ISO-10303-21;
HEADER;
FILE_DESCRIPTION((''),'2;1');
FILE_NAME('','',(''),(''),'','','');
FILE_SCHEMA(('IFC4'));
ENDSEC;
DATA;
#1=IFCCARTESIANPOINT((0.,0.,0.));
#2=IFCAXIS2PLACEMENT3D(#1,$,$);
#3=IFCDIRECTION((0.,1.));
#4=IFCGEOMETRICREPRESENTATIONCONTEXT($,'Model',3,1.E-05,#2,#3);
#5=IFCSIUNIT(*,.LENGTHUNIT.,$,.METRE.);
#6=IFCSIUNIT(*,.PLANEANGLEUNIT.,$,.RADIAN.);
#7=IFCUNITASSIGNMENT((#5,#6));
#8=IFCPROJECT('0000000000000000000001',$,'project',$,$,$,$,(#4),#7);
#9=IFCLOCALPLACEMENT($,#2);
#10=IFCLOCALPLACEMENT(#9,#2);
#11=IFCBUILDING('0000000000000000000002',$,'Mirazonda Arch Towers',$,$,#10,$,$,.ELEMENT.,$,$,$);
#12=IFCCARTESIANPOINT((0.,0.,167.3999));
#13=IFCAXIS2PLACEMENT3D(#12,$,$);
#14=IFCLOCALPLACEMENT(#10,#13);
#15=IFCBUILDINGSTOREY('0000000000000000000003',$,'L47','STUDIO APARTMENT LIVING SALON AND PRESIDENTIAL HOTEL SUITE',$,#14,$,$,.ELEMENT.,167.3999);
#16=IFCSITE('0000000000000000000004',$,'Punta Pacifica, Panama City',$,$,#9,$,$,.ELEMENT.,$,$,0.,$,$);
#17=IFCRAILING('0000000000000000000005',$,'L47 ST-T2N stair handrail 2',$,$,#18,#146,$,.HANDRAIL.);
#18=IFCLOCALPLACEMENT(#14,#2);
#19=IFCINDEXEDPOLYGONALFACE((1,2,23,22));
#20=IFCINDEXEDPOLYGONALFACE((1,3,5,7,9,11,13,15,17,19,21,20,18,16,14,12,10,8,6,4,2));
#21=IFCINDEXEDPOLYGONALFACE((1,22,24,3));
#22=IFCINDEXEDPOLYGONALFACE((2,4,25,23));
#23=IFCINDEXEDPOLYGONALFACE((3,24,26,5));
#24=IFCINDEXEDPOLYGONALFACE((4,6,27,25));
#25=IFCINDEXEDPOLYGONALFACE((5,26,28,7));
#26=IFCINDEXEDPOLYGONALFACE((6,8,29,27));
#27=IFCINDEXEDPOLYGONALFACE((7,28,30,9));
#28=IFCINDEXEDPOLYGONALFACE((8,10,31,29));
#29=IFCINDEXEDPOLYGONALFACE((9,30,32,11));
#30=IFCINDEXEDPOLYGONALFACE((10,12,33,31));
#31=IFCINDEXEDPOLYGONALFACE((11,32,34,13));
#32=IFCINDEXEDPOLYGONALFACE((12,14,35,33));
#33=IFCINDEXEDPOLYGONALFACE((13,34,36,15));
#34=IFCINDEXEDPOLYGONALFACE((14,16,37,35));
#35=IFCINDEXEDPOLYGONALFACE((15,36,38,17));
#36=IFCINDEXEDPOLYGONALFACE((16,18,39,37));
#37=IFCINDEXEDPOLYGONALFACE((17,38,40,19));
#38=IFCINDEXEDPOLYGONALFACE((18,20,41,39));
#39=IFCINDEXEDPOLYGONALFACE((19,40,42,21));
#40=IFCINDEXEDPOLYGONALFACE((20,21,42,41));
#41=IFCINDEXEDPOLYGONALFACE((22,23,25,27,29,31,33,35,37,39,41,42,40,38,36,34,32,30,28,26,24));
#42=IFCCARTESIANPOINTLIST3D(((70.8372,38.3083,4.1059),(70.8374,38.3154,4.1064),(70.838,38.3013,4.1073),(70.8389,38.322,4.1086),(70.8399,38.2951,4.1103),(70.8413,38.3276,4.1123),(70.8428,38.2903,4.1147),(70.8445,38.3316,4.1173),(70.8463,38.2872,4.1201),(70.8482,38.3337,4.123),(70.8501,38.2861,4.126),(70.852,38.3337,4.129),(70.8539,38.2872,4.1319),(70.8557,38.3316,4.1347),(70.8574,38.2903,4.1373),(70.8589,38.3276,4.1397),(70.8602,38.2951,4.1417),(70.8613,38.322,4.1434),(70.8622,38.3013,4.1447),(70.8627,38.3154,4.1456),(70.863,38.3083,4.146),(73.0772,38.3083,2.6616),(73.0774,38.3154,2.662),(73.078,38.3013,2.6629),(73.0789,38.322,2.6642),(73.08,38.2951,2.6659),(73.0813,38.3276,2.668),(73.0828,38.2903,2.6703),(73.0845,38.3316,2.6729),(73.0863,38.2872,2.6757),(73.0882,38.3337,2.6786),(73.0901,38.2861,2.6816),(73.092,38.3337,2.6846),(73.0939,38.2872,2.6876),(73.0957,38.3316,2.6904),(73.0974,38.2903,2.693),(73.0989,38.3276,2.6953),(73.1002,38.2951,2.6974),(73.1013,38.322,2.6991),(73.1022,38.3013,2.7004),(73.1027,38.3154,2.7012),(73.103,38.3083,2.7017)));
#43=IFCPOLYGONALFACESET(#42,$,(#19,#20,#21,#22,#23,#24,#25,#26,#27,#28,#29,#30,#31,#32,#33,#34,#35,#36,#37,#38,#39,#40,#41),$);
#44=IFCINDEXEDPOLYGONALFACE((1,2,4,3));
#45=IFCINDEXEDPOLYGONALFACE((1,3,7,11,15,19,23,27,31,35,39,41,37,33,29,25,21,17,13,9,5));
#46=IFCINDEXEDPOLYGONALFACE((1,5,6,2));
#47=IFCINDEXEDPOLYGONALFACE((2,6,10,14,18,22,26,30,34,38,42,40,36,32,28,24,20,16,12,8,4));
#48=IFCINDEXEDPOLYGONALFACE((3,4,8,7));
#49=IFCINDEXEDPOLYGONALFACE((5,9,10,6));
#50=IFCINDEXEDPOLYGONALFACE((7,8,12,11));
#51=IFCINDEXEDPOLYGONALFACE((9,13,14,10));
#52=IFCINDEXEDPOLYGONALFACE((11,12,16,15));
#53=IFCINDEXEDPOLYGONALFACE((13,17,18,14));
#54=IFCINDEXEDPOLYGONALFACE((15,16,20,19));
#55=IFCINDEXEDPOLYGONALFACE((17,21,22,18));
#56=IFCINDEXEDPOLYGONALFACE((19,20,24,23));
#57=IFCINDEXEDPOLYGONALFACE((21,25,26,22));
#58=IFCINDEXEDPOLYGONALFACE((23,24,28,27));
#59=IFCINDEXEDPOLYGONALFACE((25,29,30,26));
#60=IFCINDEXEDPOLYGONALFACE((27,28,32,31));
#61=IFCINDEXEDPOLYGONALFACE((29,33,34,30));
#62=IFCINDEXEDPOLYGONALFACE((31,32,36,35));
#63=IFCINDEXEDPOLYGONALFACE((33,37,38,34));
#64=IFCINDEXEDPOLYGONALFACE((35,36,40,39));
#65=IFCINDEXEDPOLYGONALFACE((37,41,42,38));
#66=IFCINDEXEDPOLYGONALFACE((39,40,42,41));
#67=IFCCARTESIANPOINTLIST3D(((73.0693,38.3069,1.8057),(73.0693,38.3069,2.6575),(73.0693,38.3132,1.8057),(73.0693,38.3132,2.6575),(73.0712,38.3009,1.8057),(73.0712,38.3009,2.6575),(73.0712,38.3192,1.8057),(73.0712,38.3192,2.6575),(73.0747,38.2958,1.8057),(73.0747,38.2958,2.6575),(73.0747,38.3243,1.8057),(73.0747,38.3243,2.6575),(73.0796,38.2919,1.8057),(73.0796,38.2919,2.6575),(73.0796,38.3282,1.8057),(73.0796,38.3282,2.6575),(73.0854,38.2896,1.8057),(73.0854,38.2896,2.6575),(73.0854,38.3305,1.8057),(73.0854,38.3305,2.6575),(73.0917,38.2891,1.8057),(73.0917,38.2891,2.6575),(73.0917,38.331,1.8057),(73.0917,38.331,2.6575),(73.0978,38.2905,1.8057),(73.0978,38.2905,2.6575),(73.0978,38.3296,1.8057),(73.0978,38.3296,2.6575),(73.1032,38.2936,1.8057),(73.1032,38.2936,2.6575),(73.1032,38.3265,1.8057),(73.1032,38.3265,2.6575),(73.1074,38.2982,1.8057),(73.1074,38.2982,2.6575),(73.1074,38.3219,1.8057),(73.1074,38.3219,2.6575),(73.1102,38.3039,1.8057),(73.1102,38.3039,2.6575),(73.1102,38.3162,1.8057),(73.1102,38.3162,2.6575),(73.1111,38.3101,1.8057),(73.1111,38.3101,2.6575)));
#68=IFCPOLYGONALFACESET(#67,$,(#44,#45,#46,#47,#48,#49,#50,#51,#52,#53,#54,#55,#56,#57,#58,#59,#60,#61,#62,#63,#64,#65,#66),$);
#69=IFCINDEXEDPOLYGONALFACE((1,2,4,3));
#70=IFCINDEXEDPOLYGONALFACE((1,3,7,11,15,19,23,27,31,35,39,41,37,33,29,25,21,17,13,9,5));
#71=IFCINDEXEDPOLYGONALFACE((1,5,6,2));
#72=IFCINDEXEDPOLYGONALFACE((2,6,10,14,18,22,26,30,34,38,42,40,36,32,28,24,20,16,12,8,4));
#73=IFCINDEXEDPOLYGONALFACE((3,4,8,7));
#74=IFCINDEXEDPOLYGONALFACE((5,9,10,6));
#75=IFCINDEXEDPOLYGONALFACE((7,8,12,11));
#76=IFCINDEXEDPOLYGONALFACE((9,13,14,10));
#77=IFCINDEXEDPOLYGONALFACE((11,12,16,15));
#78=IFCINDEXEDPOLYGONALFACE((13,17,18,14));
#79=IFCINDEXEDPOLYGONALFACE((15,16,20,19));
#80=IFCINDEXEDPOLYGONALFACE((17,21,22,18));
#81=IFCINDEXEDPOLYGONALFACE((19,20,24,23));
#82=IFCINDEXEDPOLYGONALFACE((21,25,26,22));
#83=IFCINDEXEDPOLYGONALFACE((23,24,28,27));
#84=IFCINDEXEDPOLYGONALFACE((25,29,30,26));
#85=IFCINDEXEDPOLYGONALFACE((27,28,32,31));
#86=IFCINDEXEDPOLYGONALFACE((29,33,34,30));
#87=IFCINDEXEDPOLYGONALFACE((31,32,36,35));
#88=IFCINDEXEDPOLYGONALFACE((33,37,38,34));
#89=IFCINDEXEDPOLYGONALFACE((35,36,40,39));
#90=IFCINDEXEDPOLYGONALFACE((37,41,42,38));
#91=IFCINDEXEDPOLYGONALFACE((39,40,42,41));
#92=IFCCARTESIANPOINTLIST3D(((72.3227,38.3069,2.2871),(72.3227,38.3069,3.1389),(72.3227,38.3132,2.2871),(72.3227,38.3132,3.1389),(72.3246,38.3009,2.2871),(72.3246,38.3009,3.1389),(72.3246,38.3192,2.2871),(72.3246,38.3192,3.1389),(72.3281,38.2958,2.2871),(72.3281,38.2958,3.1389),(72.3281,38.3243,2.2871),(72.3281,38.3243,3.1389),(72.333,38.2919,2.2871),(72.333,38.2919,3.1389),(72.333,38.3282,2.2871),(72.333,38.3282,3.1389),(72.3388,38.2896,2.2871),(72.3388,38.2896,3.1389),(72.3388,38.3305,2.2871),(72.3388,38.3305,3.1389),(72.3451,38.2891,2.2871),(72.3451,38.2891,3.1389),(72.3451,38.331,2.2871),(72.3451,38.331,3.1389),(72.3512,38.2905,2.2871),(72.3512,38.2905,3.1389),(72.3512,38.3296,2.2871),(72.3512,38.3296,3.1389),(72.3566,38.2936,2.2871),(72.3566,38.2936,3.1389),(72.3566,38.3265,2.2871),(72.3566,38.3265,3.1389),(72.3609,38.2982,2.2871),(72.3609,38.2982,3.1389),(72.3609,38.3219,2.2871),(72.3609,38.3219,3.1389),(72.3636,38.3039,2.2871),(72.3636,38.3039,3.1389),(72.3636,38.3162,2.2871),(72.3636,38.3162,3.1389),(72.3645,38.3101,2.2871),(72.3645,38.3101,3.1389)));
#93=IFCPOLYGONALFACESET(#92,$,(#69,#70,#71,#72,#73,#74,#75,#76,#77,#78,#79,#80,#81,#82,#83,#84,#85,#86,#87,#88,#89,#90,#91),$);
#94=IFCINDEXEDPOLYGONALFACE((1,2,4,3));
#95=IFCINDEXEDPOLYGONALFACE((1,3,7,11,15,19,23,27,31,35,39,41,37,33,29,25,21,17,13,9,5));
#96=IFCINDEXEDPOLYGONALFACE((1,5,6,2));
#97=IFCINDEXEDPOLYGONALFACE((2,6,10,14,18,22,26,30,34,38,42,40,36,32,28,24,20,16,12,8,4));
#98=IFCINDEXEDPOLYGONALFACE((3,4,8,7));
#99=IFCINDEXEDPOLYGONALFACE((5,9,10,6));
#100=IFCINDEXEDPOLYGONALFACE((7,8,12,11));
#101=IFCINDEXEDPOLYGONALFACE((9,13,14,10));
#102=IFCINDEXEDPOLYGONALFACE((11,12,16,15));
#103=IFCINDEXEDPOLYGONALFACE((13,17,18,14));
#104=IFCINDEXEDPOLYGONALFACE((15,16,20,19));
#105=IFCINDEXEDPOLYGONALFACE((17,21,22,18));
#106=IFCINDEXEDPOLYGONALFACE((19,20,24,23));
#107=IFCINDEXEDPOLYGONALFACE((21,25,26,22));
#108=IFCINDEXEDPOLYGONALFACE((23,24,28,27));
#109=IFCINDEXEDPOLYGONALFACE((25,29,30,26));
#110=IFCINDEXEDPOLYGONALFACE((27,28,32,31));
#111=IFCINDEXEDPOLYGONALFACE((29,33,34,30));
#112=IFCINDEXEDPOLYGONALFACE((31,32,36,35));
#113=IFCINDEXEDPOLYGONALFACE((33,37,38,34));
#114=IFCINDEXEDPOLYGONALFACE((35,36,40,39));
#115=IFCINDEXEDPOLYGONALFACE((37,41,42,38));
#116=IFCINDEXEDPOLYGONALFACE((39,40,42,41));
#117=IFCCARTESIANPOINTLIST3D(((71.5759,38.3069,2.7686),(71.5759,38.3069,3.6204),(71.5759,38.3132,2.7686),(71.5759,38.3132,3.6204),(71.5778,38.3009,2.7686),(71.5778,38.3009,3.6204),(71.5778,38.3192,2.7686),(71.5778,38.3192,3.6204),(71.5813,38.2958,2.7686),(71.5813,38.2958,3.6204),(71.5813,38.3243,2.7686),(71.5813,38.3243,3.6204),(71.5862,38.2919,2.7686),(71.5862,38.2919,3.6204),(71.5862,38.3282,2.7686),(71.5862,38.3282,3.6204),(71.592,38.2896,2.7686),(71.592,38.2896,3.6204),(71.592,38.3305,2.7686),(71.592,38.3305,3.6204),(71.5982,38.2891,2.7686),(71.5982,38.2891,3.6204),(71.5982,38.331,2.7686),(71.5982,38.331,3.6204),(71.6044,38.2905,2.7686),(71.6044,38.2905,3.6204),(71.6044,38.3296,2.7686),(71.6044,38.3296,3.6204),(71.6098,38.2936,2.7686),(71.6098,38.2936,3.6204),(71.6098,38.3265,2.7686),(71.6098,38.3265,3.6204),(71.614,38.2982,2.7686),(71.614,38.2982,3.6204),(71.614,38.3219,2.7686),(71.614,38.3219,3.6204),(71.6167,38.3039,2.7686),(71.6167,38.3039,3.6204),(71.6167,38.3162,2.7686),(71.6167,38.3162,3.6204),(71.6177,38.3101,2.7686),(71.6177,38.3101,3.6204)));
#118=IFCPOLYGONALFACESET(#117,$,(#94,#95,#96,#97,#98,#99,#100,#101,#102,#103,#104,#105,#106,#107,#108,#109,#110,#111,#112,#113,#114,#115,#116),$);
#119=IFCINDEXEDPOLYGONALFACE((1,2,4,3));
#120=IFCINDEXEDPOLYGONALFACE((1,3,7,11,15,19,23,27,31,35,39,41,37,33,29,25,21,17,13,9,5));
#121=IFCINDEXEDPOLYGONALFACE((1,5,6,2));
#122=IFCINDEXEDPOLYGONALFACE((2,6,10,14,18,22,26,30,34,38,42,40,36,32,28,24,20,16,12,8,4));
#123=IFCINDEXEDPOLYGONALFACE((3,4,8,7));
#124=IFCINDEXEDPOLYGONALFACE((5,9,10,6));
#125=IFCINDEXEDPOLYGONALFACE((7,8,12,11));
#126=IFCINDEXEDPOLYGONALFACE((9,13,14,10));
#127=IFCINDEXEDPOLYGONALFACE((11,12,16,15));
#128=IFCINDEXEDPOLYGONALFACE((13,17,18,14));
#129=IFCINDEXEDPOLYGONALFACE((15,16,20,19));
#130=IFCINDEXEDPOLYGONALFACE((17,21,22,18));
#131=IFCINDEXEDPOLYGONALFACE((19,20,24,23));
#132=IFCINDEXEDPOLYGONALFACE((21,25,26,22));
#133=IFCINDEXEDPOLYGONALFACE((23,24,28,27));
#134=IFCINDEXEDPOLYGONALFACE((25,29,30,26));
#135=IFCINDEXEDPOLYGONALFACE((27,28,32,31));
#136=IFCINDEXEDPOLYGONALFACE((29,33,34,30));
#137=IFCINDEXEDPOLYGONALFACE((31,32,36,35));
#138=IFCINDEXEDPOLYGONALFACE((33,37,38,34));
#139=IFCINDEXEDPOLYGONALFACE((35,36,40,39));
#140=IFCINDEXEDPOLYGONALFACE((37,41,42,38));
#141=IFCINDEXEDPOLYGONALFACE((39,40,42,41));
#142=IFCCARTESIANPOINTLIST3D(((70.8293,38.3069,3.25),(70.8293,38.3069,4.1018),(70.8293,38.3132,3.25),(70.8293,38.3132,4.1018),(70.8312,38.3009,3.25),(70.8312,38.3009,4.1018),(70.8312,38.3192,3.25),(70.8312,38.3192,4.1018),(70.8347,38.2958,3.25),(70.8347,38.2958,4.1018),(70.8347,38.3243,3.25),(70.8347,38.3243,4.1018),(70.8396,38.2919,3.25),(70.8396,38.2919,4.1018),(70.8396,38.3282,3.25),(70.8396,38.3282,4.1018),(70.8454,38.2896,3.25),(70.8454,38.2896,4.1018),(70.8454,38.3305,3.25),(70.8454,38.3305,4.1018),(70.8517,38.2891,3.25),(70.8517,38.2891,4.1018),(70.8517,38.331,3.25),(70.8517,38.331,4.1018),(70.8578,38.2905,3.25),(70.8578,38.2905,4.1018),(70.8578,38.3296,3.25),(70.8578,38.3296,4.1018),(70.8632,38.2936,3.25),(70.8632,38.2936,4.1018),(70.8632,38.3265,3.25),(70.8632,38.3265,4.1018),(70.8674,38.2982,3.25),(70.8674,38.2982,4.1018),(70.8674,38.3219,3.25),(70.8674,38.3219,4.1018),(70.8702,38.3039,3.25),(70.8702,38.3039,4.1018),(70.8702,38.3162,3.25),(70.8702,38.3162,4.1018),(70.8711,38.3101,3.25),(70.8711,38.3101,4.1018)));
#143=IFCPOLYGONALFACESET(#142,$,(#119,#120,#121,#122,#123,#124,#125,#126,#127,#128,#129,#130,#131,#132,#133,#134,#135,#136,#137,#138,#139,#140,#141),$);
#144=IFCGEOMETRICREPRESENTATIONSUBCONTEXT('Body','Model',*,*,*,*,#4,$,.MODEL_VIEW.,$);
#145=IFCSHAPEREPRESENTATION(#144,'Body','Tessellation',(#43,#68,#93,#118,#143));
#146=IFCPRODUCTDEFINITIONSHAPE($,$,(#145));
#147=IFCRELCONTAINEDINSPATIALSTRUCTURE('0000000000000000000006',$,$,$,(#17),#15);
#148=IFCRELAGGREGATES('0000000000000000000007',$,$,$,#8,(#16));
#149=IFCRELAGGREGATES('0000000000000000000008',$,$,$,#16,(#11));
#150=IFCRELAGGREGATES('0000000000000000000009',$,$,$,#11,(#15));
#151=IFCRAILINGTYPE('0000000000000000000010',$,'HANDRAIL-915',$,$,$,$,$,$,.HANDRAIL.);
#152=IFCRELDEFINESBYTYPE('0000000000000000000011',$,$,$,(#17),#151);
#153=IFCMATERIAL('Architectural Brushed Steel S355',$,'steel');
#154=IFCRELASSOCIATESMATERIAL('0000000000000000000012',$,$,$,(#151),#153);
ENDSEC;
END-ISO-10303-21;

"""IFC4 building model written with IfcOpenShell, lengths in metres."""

from ifc_helpers import new_model, si_unit, direction, frame, origin, origin_2d, place, context, subcontext, project, spatial, circle, extrude, material, type_object, element, save


model = new_model("IFC4")

# Units and contexts
model_context = context("Model", 3, precision=1e-05, world=origin(), true_north=direction((0.0, 1.0)))
body_context = subcontext(model_context, "Body", "Model", "MODEL_VIEW")
ifc_project = project(units=[si_unit("LENGTHUNIT", "METRE"), si_unit("PLANEANGLEUNIT", "RADIAN")], contexts=[model_context])

# Site, building, storey
site_placement = place(None, origin())
site = spatial("IfcSite", under=ifc_project, at=site_placement, Name="Punta Pacifica, Panama City", CompositionType="ELEMENT", RefElevation=0.0)
building_placement = place(site_placement, origin())
building = spatial("IfcBuilding", under=site, at=building_placement, Name="Mirazonda Arch Towers", CompositionType="ELEMENT")
storey_placement = place(building_placement, frame((0.0, 0.0, 167.3999)))
storey = spatial("IfcBuildingStorey", under=building, at=storey_placement, Name="L47", Description="STUDIO APARTMENT LIVING SALON AND PRESIDENTIAL HOTEL SUITE", CompositionType="ELEMENT", Elevation=167.3999)

# Shared definitions
ifc_material_1 = material(Name="Architectural Brushed Steel S355", Category="steel")

# Railing
railing_type_1 = type_object("IfcRailingType", Name="HANDRAIL-915", PredefinedType="HANDRAIL", material=ifc_material_1)
railing_1_placement = place(storey_placement, frame((73.0901, 38.3101, 1.8057)))
element("IfcRailing", 1, at=railing_1_placement, inside=storey, type_object=railing_type_1, Name="L47 ST-T2N stair handrail 2", PredefinedType="HANDRAIL", context=body_context, shape_type="SweptSolid", body=[
    extrude(circle(Radius=0.0239, at=origin_2d()), frame((0.0, 0.0, 0.876), z_axis=(-0.840437, 0.0, 0.54191), x_axis=(0.0, -1.0, 0.0)), (0.0, 0.0, 1.0), 2.6653),
    extrude(circle(Radius=0.021, at=origin_2d()), origin(), (0.0, 0.0, 1.0), 0.8518),
    extrude(circle(Radius=0.021, at=origin_2d()), frame((-0.7466, 0.0, 0.4814)), (0.0, 0.0, 1.0), 0.8518),
    extrude(circle(Radius=0.021, at=origin_2d()), frame((-1.4934, 0.0, 0.9629)), (0.0, 0.0, 1.0), 0.8518),
    extrude(circle(Radius=0.021, at=origin_2d()), frame((-2.24, 0.0, 1.4443)), (0.0, 0.0, 1.0), 0.8518),
])

save(model, "model.ifc")
